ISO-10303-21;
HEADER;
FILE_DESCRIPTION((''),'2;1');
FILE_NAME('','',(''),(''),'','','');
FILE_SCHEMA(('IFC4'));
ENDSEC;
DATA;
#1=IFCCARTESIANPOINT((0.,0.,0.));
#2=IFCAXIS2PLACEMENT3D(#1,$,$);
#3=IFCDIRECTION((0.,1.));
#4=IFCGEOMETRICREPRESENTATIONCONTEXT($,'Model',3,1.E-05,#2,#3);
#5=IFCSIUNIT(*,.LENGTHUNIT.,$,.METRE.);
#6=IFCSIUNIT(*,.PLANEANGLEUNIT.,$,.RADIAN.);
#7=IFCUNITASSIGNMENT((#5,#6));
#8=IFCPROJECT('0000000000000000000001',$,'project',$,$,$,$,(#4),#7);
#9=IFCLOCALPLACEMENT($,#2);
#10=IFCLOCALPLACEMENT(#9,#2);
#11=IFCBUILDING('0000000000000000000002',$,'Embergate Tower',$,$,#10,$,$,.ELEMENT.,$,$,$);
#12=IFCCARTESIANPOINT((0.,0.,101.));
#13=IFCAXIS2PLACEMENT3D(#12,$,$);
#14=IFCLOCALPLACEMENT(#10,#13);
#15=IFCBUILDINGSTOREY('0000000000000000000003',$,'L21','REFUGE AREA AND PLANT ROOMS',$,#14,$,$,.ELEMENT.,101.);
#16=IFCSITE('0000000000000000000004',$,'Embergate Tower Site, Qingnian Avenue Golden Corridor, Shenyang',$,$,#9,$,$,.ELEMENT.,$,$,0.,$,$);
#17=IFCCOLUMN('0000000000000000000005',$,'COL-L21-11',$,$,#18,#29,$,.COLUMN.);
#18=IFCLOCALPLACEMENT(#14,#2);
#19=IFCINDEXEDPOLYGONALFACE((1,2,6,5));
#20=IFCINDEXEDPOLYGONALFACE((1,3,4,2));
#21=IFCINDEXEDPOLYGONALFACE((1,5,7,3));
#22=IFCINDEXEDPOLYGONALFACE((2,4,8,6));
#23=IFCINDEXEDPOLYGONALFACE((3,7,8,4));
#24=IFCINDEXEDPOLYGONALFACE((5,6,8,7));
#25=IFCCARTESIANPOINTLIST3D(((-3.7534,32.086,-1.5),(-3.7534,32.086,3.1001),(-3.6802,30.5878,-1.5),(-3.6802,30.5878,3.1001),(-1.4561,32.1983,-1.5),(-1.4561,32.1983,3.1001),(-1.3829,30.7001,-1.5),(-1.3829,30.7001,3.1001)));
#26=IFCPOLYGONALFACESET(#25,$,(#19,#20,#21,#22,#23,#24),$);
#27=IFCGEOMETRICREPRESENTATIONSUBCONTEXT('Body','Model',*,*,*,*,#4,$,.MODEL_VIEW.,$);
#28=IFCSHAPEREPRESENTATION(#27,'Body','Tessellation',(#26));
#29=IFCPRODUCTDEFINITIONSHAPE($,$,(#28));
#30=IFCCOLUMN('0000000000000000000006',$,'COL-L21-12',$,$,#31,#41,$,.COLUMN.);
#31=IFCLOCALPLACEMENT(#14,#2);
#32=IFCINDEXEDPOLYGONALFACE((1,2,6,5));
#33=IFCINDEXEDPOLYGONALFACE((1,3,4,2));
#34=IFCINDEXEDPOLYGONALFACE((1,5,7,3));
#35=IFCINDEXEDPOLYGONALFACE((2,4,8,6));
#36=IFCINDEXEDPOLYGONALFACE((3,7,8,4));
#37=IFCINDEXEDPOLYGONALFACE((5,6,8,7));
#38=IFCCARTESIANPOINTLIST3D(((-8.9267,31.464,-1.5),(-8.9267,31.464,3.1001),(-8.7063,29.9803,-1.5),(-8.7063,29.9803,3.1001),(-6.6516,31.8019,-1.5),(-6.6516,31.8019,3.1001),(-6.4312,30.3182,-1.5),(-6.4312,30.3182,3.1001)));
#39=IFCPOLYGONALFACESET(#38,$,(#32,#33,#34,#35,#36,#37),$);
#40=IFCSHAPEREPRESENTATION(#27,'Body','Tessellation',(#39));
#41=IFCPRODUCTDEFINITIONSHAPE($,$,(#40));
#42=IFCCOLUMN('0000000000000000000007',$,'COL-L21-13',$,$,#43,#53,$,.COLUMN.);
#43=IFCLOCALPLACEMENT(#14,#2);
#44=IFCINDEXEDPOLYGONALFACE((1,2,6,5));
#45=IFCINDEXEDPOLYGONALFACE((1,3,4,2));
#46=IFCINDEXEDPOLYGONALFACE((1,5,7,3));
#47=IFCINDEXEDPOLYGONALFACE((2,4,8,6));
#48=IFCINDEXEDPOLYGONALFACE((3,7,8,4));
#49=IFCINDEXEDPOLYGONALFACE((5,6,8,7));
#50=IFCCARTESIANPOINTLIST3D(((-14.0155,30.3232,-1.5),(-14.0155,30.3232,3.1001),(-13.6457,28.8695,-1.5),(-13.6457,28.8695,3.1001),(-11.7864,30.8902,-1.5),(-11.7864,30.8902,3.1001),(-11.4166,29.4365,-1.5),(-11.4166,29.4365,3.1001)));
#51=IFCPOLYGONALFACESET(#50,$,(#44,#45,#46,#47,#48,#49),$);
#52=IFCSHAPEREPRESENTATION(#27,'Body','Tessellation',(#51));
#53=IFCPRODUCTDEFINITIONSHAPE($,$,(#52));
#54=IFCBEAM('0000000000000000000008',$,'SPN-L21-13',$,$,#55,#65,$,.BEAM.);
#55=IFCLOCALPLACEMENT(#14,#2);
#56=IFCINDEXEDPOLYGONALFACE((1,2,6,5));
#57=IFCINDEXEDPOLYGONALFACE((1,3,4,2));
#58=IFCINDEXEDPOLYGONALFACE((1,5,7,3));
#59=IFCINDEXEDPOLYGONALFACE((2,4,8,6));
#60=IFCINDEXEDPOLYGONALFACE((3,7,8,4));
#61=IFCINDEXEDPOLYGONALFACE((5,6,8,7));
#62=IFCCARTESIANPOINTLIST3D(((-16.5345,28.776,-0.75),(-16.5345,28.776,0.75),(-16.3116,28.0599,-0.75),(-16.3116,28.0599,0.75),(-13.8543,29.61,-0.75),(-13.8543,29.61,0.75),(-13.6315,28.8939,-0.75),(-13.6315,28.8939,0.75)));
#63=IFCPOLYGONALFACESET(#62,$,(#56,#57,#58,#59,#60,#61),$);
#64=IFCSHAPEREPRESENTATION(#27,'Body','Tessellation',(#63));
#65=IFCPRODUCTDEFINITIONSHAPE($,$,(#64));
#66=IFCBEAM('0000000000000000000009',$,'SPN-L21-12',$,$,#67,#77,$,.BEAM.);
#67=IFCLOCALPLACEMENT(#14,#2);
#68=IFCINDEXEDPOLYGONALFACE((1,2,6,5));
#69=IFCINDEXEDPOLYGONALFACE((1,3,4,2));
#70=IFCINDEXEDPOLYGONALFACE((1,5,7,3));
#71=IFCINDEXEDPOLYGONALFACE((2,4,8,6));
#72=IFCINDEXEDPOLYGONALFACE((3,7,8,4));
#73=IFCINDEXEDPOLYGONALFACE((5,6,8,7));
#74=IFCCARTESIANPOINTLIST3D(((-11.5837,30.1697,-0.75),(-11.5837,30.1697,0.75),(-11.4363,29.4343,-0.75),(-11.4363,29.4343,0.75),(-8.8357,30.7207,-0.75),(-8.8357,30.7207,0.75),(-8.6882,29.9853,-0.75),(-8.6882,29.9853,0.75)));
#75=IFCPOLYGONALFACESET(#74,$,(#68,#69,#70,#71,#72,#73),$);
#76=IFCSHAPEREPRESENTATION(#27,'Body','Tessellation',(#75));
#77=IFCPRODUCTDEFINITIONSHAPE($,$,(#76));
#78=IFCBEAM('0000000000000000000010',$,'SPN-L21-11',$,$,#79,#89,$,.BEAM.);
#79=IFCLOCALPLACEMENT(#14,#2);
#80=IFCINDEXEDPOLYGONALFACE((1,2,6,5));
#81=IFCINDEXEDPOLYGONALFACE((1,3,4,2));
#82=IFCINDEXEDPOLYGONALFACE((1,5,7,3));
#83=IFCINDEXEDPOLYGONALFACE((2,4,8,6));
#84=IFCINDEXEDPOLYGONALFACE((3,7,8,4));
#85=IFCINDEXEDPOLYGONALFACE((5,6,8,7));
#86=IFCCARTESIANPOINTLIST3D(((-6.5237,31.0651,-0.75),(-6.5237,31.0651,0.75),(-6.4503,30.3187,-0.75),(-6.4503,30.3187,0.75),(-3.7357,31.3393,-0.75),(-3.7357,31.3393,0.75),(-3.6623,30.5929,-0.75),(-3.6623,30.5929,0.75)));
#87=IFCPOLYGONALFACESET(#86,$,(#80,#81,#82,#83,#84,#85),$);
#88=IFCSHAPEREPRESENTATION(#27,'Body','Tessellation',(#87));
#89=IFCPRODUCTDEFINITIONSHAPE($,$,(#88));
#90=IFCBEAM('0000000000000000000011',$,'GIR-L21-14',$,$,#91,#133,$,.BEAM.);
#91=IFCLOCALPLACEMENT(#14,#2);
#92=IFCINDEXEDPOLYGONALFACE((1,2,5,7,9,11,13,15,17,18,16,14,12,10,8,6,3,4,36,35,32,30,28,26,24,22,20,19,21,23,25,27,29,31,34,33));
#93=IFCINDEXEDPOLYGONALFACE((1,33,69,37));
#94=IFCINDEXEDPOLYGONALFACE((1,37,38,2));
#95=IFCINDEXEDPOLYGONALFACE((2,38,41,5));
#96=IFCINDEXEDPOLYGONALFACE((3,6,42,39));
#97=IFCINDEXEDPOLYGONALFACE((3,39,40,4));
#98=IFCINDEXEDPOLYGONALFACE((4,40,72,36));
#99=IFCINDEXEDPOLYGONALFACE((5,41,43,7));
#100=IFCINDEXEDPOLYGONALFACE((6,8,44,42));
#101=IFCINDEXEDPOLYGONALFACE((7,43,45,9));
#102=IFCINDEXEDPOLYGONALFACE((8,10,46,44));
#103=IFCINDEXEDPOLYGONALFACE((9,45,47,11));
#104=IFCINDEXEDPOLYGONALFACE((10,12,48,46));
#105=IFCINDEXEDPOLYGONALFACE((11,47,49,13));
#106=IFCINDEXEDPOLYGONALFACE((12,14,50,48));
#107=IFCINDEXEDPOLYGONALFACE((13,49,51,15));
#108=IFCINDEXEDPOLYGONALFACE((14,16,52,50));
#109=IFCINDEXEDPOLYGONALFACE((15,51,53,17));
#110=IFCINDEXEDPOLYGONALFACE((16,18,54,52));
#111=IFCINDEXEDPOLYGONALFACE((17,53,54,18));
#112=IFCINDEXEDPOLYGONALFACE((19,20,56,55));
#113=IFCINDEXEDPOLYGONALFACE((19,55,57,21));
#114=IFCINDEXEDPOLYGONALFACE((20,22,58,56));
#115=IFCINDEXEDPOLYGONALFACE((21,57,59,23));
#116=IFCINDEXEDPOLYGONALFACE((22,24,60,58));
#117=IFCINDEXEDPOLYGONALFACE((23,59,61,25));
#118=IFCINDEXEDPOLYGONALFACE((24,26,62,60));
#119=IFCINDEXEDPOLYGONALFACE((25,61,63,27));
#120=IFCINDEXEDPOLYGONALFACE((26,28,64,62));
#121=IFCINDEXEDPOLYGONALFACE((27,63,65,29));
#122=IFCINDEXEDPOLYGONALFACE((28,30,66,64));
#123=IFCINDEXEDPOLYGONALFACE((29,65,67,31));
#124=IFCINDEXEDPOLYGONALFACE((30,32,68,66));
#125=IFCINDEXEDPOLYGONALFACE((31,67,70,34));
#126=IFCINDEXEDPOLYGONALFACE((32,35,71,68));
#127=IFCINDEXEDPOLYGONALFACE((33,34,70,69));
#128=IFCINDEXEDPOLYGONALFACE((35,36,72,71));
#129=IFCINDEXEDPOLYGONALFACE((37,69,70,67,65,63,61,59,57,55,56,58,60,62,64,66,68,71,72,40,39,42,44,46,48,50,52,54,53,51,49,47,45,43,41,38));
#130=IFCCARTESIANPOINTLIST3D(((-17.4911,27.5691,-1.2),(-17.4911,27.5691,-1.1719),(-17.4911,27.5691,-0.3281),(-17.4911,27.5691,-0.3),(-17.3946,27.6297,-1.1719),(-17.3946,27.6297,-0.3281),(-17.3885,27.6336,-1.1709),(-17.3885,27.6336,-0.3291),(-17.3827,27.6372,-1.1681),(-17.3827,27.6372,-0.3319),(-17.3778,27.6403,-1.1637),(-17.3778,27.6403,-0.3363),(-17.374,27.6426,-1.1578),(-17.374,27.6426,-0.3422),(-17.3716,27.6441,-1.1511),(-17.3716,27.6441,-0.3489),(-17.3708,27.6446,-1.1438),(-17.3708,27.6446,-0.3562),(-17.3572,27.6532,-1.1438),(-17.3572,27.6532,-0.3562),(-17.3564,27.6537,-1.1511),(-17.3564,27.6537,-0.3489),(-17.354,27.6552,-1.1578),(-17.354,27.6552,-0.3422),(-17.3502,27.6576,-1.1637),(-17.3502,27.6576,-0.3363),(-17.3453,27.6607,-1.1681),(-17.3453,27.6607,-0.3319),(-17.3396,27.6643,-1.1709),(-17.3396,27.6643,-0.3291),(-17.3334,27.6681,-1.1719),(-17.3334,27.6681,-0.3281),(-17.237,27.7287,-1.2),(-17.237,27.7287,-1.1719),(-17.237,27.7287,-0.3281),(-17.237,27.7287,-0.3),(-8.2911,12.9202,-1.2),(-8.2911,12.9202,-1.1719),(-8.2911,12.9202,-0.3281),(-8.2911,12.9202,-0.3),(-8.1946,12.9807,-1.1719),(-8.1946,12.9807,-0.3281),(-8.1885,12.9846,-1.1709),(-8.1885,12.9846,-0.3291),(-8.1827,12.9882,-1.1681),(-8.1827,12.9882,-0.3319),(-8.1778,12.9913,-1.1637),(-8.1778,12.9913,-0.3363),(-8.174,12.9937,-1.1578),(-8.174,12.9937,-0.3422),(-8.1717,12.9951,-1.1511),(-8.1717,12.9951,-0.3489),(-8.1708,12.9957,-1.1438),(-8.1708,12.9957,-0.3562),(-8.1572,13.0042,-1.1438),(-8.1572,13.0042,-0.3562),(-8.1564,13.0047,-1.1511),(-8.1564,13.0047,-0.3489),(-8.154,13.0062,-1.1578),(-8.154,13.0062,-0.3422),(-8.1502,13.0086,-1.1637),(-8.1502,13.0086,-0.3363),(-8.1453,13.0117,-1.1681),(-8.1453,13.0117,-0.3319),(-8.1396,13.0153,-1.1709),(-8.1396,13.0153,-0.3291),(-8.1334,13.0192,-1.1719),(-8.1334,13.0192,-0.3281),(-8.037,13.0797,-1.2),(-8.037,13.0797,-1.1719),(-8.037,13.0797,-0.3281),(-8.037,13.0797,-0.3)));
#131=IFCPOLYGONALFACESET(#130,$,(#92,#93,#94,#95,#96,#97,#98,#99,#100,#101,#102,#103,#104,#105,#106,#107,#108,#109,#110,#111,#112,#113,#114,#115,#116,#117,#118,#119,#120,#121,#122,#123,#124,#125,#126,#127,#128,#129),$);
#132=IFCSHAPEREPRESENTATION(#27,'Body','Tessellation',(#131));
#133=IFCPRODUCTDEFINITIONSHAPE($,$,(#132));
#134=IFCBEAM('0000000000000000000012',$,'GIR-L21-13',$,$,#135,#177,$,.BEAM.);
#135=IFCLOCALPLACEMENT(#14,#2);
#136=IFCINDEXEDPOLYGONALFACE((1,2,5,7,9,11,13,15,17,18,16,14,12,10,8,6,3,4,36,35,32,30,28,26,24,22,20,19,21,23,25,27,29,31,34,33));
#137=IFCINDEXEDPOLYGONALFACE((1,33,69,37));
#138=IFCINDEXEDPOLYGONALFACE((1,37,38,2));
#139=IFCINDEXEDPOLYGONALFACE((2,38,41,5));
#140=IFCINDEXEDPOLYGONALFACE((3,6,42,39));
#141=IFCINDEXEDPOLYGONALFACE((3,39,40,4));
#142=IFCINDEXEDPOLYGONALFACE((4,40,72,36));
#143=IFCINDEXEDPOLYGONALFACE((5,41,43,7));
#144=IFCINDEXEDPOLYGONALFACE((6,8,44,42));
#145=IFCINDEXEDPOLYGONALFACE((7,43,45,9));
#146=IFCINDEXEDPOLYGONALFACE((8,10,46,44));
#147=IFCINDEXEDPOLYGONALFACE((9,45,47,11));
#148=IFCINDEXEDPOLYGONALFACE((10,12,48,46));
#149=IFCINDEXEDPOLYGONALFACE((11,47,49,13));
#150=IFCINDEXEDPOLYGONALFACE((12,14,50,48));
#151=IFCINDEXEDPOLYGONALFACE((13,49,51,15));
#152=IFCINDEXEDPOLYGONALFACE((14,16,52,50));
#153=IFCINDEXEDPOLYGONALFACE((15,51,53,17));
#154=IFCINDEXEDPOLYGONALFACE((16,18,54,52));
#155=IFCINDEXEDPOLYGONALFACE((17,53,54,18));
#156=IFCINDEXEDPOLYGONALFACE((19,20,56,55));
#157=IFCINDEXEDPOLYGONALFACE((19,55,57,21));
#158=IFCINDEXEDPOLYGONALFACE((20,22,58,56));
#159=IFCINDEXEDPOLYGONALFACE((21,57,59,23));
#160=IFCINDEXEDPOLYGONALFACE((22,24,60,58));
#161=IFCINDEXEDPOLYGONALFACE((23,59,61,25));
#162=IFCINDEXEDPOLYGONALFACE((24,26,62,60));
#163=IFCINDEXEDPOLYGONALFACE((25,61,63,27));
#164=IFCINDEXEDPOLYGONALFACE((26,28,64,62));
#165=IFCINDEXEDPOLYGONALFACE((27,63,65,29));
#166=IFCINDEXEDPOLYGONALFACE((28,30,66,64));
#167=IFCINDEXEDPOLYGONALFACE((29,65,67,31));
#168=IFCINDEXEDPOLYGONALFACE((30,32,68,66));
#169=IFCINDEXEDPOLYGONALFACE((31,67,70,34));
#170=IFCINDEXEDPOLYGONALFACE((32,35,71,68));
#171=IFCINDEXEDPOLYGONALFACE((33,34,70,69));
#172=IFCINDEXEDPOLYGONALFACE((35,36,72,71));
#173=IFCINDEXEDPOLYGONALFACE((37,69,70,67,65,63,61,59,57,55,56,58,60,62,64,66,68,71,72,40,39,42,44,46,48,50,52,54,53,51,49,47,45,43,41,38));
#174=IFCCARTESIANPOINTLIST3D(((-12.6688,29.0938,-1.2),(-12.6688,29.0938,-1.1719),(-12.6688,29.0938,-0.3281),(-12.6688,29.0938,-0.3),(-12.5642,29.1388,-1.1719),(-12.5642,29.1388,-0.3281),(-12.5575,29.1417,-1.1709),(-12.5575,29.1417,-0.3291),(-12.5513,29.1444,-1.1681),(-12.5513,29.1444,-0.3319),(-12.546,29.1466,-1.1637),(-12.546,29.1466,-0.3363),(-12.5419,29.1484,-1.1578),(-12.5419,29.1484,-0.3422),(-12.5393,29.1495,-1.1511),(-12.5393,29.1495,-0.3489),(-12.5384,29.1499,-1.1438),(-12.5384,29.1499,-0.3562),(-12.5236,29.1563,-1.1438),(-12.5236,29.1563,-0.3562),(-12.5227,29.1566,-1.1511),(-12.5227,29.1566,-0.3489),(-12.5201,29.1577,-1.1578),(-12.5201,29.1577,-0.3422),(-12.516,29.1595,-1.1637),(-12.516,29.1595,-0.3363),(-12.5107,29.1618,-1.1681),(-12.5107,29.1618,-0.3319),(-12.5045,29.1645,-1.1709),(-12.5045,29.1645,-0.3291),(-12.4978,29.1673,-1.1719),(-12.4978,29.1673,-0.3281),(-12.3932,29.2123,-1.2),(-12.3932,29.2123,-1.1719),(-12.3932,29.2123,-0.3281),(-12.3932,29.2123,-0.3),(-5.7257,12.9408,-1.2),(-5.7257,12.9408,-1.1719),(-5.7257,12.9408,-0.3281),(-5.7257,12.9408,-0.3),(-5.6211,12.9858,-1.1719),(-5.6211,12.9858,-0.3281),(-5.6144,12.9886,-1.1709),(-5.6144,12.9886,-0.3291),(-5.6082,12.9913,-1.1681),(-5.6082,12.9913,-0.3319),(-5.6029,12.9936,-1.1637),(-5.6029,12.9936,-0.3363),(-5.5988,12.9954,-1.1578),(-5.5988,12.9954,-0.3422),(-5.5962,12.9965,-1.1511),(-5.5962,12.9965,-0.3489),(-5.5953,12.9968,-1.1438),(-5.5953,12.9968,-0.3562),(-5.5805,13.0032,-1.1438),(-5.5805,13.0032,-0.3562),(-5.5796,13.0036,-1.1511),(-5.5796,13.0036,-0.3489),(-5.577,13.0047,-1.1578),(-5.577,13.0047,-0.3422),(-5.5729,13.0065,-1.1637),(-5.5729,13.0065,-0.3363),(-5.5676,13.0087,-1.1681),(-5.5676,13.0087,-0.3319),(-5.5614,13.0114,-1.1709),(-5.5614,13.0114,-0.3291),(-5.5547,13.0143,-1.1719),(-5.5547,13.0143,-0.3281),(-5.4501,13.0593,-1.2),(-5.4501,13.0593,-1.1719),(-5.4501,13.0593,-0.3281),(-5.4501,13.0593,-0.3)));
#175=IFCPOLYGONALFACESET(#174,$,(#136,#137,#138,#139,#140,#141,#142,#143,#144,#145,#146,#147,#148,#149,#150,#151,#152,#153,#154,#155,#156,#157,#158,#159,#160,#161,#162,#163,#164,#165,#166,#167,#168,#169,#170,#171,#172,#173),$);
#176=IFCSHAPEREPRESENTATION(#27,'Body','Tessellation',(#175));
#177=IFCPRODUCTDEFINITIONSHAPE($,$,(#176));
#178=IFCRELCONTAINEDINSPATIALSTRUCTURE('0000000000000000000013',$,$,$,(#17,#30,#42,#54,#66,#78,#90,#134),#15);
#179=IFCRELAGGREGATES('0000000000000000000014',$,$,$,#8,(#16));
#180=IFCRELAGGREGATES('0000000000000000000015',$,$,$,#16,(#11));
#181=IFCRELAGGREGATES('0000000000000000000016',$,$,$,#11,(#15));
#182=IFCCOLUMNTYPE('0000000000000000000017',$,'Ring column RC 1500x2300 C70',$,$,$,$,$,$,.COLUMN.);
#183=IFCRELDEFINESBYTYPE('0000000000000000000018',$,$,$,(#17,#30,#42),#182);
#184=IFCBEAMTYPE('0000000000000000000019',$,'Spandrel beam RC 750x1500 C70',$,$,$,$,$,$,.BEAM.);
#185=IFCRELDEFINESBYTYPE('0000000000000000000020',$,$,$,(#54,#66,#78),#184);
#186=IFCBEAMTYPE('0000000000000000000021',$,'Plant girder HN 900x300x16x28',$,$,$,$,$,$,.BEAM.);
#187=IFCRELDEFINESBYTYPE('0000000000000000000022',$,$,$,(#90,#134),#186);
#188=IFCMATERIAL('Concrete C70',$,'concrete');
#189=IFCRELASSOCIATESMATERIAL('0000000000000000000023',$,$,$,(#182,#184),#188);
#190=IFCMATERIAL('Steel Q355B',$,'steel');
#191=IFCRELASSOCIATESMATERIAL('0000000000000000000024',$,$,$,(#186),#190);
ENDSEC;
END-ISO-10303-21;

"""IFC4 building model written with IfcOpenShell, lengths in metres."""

from ifc_helpers import new_model, si_unit, direction, frame, origin, origin_2d, place, context, subcontext, project, spatial, rectangle, i_section, extrude, source, transform, mapped, material, material_profile, profile_set, type_object, element, save


model = new_model("IFC4")

# Units and contexts
model_context = context("Model", 3, precision=1e-05, world=origin(), true_north=direction((0.0, 1.0)))
body_context = subcontext(model_context, "Body", "Model", "MODEL_VIEW")
ifc_project = project(units=[si_unit("LENGTHUNIT", "METRE"), si_unit("PLANEANGLEUNIT", "RADIAN")], contexts=[model_context])

# Site, building, storey
site_placement = place(None, origin())
site = spatial("IfcSite", under=ifc_project, at=site_placement, Name="Embergate Tower Site, Qingnian Avenue Golden Corridor, Shenyang", CompositionType="ELEMENT", RefElevation=0.0)
building_placement = place(site_placement, origin())
building = spatial("IfcBuilding", under=site, at=building_placement, Name="Embergate Tower", CompositionType="ELEMENT")
storey_placement = place(building_placement, frame((0.0, 0.0, 101.0)))
storey = spatial("IfcBuildingStorey", under=building, at=storey_placement, Name="L21", Description="REFUGE AREA AND PLANT ROOMS", CompositionType="ELEMENT", Elevation=101.0)

# Columns
ifc_material_1 = material(Name="Concrete C70", Category="concrete")
ifc_material_profile_1 = material_profile(ifc_material_1, rectangle(XDim=1.5, YDim=2.3, at=origin_2d()), Name="RC 1500x2300")
ifc_profile_set_1 = profile_set([ifc_material_profile_1], Name="Concrete C70")
column_type = type_object("IfcColumnType", Name="Ring column RC 1500x2300 C70", PredefinedType="COLUMN", material=ifc_profile_set_1)
shared_shape_1 = source(origin(), body_context, "Body", "SweptSolid", [
    extrude(rectangle(XDim=1.5, YDim=2.3, at=origin_2d()), origin(), (0.0, 0.0, 1.0), 4.6001),
])
for number, where, z_axis, x_axis, name in (
    (1, (-2.5681, 31.3931, -1.5), (0.0, 0.0, 1.0), (-0.048815, 0.998808, 0.0), "COL-L21-11"),
    (2, (-7.679, 30.8911, -1.5), (0.0, 0.0, 1.0), (-0.146929, 0.989147, 0.0), "COL-L21-12"),
    (3, (-12.7161, 29.8799, -1.5), (0.0, 0.0, 1.0), (-0.246509, 0.969141, 0.0), "COL-L21-13"),
):
    element("IfcColumn", number, at=place(storey_placement, frame(where, z_axis=z_axis, x_axis=x_axis)), inside=storey, type_object=column_type, Name=name, PredefinedType="COLUMN", context=body_context, shape_type="MappedRepresentation", body=[
        mapped(shared_shape_1, transform((0.0, 0.0, 0.0))),
    ])

# Beams
ifc_material_profile_2 = material_profile(ifc_material_1, rectangle(XDim=0.75, YDim=1.5, at=origin_2d()), Name="RC 750x1500")
ifc_profile_set_2 = profile_set([ifc_material_profile_2], Name="Concrete C70")
beam_type_1 = type_object("IfcBeamType", Name="Spandrel beam RC 750x1500 C70", PredefinedType="BEAM", material=ifc_profile_set_2)
shared_shape_2 = source(origin(), body_context, "Body", "SweptSolid", [
    extrude(rectangle(XDim=0.75, YDim=1.5, at=origin_2d()), origin(), (0.0, 0.0, 1.0), 2.8069),
])
beam_1_placement = place(storey_placement, frame((-13.7429, 29.252, 0.0), z_axis=(-0.954841, -0.297116, 0.0), x_axis=(0.297116, -0.954841, 0.0)))
element("IfcBeam", 4, at=beam_1_placement, inside=storey, type_object=beam_type_1, Name="SPN-L21-13", PredefinedType="BEAM", context=body_context, shape_type="MappedRepresentation", body=[
    mapped(shared_shape_2, transform((0.0, 0.0, 0.0))),
])
shared_shape_3 = source(origin(), body_context, "Body", "SweptSolid", [
    extrude(rectangle(XDim=0.75, YDim=1.5, at=origin_2d()), origin(), (0.0, 0.0, 1.0), 2.8027),
])
beam_2_placement = place(storey_placement, frame((-8.762, 30.353, 0.0), z_axis=(-0.980483, -0.196602, 0.0), x_axis=(0.196602, -0.980483, 0.0)))
element("IfcBeam", 5, at=beam_2_placement, inside=storey, type_object=beam_type_1, Name="SPN-L21-12", PredefinedType="BEAM", context=body_context, shape_type="MappedRepresentation", body=[
    mapped(shared_shape_3, transform((0.0, 0.0, 0.0))),
])
shared_shape_4 = source(origin(), body_context, "Body", "SweptSolid", [
    extrude(rectangle(XDim=0.75, YDim=1.5, at=origin_2d()), origin(), (0.0, 0.0, 1.0), 2.8015),
])
beam_3_placement = place(storey_placement, frame((-3.699, 30.9661, 0.0), z_axis=(-0.9952, -0.097864, 0.0), x_axis=(0.097864, -0.9952, 0.0)))
element("IfcBeam", 6, at=beam_3_placement, inside=storey, type_object=beam_type_1, Name="SPN-L21-11", PredefinedType="BEAM", context=body_context, shape_type="MappedRepresentation", body=[
    mapped(shared_shape_4, transform((0.0, 0.0, 0.0))),
])
ifc_material_2 = material(Name="Steel Q355B", Category="steel")
ifc_material_profile_3 = material_profile(ifc_material_2, i_section(OverallWidth=0.3, OverallDepth=0.8999, WebThickness=0.0161, FlangeThickness=0.0281, FilletRadius=0.0281, at=origin_2d()), Name="HN 900x300x16x28")
ifc_profile_set_3 = profile_set([ifc_material_profile_3], Name="Steel Q355 grade B")
beam_type_2 = type_object("IfcBeamType", Name="Plant girder HN 900x300x16x28", PredefinedType="BEAM", material=ifc_profile_set_3)
shared_shape_5 = source(origin(), body_context, "Body", "SweptSolid", [
    extrude(i_section(OverallWidth=0.3, OverallDepth=0.8999, WebThickness=0.0161, FlangeThickness=0.0281, FilletRadius=0.0281, at=origin_2d()), origin(), (0.0, 0.0, 1.0), 17.2983),
])
beam_4_placement = place(storey_placement, frame((-17.364, 27.6489, -0.75), z_axis=(0.531842, -0.846843, 0.0), x_axis=(0.846843, 0.531842, 0.0)))
element("IfcBeam", 7, at=beam_4_placement, inside=storey, type_object=beam_type_2, Name="GIR-L21-14", PredefinedType="BEAM", context=body_context, shape_type="MappedRepresentation", body=[
    mapped(shared_shape_5, transform((0.0, 0.0, 0.0))),
])
shared_shape_6 = source(origin(), body_context, "Body", "SweptSolid", [
    extrude(i_section(OverallWidth=0.3, OverallDepth=0.8999, WebThickness=0.0161, FlangeThickness=0.0281, FilletRadius=0.0281, at=origin_2d()), origin(), (0.0, 0.0, 1.0), 17.582),
])
beam_5_placement = place(storey_placement, frame((-12.531, 29.1531, -0.75), z_axis=(0.394898, -0.918725, 0.0), x_axis=(0.918725, 0.394898, 0.0)))
element("IfcBeam", 8, at=beam_5_placement, inside=storey, type_object=beam_type_2, Name="GIR-L21-13", PredefinedType="BEAM", context=body_context, shape_type="MappedRepresentation", body=[
    mapped(shared_shape_6, transform((0.0, 0.0, 0.0))),
])

save(model, "model.ifc")
